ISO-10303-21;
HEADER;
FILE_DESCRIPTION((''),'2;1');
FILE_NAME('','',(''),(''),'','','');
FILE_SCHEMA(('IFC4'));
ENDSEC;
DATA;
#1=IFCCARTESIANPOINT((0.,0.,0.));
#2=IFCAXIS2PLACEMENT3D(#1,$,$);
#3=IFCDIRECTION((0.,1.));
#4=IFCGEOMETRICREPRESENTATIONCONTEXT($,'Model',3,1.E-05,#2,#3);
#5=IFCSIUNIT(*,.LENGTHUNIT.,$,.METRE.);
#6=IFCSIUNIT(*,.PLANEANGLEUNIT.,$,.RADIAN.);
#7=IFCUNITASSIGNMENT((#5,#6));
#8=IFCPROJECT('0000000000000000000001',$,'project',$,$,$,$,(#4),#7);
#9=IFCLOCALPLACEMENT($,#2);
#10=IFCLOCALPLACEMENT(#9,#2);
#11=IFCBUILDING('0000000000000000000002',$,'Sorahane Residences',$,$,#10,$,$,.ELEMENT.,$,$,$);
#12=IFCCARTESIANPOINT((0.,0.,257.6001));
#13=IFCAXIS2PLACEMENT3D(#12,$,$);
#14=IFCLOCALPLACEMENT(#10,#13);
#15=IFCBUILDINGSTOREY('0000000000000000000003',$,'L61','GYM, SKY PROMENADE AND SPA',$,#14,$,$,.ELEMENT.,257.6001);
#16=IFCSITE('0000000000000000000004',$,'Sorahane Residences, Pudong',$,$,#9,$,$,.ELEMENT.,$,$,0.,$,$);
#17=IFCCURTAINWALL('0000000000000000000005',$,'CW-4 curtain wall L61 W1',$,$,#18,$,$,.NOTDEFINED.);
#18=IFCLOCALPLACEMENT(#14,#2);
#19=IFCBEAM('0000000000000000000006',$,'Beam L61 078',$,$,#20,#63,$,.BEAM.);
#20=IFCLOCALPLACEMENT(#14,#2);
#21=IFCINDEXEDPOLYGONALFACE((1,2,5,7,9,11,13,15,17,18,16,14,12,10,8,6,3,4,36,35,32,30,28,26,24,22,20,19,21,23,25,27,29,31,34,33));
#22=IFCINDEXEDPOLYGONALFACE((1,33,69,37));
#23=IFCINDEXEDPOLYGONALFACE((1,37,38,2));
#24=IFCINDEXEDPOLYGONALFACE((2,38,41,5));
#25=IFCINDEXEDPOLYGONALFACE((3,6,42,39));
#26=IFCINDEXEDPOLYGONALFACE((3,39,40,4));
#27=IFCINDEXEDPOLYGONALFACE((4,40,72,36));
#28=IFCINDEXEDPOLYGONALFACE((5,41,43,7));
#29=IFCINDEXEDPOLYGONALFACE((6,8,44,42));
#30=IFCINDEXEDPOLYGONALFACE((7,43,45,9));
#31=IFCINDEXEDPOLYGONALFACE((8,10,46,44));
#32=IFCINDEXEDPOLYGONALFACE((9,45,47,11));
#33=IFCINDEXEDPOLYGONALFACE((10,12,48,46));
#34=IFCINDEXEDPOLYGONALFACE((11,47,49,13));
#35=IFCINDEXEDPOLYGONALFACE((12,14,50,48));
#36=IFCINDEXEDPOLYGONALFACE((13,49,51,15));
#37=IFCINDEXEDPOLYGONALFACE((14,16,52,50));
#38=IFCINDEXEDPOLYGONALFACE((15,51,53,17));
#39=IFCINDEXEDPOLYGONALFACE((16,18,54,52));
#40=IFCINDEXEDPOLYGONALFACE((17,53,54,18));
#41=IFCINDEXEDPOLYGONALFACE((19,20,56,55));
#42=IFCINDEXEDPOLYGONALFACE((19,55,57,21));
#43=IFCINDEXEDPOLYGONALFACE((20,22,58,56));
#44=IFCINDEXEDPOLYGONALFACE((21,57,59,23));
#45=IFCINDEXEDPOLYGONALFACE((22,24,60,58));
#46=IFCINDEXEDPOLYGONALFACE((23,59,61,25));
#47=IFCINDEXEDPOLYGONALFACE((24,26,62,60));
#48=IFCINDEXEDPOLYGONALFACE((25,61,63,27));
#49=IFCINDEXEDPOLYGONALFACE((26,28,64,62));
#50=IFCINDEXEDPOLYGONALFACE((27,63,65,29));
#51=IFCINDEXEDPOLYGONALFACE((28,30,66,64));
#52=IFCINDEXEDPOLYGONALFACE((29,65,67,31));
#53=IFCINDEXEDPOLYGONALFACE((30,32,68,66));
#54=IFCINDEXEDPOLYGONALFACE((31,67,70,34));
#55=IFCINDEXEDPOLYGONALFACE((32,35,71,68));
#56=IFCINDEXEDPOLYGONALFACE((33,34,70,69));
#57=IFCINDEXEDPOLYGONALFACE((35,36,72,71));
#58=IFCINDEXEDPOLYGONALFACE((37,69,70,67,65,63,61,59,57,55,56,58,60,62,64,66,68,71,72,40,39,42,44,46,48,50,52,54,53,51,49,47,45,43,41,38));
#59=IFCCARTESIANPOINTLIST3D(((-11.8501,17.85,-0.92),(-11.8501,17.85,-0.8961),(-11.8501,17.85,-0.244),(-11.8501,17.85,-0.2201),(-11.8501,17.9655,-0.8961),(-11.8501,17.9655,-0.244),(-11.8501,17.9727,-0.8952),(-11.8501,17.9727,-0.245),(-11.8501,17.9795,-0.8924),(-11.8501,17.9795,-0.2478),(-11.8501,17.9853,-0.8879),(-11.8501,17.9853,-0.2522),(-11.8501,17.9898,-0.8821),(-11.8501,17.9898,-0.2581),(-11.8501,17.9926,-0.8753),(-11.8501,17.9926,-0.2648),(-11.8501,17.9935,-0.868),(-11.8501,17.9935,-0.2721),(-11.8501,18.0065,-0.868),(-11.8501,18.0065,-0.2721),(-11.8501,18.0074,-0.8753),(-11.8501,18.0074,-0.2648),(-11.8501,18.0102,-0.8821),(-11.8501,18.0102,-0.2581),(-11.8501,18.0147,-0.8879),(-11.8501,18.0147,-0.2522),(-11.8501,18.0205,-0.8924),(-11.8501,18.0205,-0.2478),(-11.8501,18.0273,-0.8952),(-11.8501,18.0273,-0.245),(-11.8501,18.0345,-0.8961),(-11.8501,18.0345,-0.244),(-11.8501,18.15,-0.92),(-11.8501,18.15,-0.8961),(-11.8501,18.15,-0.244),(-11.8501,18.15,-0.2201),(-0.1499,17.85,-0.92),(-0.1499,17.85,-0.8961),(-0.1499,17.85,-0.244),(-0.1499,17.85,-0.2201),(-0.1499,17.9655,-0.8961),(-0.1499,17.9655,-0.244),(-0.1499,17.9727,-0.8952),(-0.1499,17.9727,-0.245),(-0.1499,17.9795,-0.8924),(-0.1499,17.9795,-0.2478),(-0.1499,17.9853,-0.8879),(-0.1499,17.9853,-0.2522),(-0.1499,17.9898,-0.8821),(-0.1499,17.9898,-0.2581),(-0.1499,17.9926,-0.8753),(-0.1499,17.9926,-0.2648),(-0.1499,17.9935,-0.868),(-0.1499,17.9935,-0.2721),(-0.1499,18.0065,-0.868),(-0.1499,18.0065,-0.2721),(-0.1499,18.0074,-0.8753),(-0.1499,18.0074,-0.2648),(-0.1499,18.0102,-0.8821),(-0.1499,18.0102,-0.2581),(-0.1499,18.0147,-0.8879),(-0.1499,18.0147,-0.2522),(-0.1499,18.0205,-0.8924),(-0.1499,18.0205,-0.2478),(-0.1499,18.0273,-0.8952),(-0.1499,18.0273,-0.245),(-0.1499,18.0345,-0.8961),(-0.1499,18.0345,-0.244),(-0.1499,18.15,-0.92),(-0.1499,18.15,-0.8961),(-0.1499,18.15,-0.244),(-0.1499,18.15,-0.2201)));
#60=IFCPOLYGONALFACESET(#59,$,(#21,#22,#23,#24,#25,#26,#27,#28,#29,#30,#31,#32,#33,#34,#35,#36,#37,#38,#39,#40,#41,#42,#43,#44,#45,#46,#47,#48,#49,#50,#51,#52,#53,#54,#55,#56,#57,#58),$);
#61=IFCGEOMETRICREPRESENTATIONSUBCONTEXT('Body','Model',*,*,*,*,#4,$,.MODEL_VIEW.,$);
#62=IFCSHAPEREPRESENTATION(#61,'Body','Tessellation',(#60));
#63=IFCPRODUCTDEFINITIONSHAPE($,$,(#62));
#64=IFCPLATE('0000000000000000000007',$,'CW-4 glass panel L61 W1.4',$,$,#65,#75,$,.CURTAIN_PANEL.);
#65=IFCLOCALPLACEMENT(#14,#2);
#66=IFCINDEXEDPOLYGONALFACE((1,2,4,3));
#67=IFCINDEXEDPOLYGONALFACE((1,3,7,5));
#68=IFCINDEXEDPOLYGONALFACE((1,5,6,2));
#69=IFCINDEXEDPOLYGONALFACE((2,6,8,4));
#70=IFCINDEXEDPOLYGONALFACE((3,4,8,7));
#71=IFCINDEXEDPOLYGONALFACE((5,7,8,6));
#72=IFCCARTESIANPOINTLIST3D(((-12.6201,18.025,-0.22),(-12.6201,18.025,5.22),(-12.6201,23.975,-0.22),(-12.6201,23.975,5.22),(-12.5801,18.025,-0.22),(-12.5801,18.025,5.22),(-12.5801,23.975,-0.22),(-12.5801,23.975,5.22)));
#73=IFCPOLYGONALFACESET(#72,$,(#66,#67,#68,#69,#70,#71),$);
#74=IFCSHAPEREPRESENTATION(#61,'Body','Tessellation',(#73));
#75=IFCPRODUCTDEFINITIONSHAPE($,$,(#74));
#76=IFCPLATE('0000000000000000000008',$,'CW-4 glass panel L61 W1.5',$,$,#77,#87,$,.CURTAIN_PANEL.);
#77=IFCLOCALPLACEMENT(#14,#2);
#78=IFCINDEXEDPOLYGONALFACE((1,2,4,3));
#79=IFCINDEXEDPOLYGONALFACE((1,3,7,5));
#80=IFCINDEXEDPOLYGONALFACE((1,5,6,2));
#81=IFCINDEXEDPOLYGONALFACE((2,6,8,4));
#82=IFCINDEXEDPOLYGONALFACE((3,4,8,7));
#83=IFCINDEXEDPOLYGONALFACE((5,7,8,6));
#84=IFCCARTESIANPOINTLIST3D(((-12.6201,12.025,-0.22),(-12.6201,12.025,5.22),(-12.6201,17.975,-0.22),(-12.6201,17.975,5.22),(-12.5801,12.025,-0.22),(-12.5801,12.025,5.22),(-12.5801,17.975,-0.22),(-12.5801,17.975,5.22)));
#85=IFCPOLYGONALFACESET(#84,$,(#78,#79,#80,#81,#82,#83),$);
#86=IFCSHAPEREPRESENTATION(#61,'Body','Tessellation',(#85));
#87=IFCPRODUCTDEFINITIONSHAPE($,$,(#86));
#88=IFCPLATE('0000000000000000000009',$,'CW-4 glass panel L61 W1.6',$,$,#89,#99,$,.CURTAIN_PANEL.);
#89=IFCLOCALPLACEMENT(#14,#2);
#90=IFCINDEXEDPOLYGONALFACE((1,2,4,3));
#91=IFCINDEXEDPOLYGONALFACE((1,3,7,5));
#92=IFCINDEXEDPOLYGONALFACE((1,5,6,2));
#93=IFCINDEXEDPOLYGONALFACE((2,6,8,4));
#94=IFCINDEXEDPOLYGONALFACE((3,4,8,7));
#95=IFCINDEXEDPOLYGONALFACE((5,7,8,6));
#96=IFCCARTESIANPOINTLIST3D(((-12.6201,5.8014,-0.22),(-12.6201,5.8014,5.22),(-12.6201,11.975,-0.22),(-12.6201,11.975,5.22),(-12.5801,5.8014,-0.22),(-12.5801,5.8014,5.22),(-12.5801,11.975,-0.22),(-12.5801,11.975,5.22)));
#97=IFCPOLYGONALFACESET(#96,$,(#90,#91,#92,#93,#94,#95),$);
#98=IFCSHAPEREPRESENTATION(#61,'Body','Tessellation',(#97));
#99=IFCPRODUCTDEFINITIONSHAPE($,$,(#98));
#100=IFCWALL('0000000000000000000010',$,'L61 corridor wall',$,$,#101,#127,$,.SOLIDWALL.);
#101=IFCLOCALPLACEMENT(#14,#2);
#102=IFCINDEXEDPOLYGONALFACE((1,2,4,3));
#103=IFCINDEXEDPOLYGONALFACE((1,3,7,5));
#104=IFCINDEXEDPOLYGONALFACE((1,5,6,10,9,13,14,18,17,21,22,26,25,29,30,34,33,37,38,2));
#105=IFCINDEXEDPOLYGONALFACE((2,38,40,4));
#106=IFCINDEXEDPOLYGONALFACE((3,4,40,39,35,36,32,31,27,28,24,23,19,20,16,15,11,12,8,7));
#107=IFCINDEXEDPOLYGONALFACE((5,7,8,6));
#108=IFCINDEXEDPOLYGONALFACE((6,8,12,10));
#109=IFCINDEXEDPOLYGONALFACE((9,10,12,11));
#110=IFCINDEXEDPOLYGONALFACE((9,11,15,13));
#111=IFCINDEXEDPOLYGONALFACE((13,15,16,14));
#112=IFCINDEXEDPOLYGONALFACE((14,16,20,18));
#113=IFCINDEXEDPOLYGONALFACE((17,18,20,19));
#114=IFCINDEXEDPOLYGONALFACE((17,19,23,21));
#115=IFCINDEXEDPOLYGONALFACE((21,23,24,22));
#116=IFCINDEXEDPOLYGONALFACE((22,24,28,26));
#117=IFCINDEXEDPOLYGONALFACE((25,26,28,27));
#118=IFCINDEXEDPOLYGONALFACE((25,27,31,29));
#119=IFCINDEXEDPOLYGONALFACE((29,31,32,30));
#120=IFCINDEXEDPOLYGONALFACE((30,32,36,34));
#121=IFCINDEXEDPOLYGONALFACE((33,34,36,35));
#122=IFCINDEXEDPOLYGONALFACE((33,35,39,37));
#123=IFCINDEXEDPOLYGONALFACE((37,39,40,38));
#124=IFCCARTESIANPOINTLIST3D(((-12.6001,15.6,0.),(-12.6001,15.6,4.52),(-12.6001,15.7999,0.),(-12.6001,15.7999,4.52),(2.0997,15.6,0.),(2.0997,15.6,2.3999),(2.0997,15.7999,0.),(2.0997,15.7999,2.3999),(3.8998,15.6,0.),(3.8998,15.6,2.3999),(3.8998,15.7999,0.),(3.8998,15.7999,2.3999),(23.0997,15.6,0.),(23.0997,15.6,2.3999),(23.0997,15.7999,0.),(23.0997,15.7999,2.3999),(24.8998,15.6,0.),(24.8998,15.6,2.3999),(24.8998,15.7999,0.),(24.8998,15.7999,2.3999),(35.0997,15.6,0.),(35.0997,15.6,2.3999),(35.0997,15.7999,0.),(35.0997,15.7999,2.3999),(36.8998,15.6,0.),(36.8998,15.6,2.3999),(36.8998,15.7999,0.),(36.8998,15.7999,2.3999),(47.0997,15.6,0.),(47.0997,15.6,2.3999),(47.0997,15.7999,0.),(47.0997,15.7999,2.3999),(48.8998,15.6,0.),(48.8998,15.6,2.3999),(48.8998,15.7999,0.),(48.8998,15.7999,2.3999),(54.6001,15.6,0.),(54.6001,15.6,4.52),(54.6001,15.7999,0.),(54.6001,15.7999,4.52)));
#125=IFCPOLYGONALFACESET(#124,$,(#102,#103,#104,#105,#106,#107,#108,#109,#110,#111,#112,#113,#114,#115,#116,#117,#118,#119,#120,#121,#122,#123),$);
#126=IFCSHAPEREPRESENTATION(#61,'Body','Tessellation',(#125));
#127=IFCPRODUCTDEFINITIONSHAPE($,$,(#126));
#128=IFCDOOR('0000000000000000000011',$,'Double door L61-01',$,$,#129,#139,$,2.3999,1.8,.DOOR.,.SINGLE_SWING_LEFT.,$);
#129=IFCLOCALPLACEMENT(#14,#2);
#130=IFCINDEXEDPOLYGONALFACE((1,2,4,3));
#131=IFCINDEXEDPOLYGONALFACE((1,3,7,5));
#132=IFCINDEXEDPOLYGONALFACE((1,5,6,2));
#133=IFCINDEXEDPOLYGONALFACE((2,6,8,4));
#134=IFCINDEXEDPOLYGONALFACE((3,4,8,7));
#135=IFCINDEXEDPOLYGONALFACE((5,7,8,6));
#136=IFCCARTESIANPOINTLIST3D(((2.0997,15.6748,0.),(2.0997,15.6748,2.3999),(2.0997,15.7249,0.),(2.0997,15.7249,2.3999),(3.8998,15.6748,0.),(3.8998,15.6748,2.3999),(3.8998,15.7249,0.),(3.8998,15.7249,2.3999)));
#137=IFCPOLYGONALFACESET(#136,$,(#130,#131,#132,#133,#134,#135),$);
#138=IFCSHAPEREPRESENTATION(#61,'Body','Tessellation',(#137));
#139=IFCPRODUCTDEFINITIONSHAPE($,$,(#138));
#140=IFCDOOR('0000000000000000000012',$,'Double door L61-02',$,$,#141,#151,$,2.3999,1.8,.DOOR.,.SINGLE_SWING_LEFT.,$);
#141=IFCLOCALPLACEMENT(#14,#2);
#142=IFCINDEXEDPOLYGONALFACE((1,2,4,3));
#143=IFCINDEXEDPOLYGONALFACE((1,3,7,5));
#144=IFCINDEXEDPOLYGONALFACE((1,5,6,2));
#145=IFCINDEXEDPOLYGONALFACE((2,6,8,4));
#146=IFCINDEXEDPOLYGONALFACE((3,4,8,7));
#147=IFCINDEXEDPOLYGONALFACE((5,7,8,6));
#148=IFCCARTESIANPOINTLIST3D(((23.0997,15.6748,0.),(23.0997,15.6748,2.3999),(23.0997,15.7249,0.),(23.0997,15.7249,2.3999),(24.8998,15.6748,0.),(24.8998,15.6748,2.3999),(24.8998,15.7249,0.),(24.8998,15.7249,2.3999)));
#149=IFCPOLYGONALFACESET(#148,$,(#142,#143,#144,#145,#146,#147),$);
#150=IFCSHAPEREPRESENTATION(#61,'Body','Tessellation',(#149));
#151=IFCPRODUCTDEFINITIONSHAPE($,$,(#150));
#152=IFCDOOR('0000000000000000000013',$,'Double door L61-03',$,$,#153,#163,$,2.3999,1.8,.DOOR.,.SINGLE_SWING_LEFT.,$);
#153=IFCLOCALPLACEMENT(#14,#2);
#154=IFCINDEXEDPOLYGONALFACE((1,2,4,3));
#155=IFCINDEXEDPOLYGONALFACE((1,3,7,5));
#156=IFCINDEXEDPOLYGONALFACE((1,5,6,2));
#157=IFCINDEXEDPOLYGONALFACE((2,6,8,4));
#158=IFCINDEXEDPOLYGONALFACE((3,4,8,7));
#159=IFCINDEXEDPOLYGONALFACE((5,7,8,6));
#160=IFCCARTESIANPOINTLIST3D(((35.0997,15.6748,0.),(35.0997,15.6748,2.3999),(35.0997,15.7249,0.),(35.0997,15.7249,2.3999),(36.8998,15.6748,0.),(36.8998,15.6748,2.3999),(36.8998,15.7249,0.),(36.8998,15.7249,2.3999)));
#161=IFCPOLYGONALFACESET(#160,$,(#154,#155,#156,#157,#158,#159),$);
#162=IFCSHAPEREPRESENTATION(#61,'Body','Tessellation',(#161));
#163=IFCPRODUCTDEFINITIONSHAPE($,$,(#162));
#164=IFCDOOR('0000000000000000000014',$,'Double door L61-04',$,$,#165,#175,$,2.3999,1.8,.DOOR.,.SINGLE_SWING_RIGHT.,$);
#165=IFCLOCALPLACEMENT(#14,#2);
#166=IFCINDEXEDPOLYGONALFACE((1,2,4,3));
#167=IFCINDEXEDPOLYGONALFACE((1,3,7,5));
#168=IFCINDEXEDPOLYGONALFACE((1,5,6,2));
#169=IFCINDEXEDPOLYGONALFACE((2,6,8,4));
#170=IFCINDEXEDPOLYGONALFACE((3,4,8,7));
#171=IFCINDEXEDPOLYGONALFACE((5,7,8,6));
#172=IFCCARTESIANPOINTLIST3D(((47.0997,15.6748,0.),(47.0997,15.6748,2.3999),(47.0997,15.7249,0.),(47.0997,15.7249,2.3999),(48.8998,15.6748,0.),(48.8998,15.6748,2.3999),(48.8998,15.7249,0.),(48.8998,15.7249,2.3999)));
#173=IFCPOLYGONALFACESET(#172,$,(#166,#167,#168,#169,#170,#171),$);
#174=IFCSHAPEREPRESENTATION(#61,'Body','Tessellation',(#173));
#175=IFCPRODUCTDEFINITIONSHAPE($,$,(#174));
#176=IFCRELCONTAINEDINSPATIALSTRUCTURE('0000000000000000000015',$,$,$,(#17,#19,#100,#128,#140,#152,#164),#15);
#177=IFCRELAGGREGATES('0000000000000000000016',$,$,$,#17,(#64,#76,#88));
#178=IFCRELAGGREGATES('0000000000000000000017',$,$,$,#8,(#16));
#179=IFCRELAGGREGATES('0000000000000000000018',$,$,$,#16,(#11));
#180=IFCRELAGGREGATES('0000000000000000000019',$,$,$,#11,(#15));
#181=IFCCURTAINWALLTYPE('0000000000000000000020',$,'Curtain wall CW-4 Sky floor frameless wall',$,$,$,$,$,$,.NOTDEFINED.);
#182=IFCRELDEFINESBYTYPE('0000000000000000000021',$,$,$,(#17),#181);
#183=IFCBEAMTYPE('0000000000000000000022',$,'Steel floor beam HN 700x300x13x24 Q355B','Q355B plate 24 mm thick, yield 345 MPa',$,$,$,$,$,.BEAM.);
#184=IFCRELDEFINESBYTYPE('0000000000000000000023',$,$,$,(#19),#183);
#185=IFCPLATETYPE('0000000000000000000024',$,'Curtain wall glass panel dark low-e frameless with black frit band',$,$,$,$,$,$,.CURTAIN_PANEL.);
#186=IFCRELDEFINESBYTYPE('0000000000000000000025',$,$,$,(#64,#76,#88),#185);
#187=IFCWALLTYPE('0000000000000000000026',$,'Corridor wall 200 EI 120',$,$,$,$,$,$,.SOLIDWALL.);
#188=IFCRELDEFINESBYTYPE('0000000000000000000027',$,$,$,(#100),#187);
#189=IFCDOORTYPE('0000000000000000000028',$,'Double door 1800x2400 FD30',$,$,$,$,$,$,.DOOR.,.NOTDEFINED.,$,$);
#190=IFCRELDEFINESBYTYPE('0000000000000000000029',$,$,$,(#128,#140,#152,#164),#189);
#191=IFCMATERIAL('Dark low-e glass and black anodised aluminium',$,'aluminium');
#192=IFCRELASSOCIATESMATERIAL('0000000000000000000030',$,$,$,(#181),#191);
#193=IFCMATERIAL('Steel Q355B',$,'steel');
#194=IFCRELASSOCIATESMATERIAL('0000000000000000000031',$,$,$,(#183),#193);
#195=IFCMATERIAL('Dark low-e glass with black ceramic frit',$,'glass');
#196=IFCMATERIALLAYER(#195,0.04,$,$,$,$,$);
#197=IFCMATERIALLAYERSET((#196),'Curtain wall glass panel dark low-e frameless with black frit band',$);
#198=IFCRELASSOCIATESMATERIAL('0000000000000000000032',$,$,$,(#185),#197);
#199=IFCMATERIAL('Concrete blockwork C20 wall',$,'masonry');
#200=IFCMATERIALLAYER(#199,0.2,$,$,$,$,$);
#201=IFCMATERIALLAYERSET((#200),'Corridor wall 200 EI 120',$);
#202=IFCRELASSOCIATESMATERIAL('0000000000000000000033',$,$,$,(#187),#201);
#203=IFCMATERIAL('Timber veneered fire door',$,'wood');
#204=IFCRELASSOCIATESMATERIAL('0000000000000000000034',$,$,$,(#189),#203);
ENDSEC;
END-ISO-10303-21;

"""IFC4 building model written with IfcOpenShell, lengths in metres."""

from ifc_helpers import new_model, si_unit, direction, frame, frame_2d, origin, origin_2d, place, context, subcontext, project, spatial, rectangle, i_section, extrude, material, layer, layer_set, material_profile, profile_set, type_object, element, fill, aggregate, save


model = new_model("IFC4")

# Units and contexts
model_context = context("Model", 3, precision=1e-05, world=origin(), true_north=direction((0.0, 1.0)))
body_context = subcontext(model_context, "Body", "Model", "MODEL_VIEW")
ifc_project = project(units=[si_unit("LENGTHUNIT", "METRE"), si_unit("PLANEANGLEUNIT", "RADIAN")], contexts=[model_context])

# Site, building, storey
site_placement = place(None, origin())
site = spatial("IfcSite", under=ifc_project, at=site_placement, Name="Sorahane Residences, Pudong", CompositionType="ELEMENT", RefElevation=0.0)
building_placement = place(site_placement, origin())
building = spatial("IfcBuilding", under=site, at=building_placement, Name="Sorahane Residences", CompositionType="ELEMENT")
storey_placement = place(building_placement, frame((0.0, 0.0, 257.6001)))
storey = spatial("IfcBuildingStorey", under=building, at=storey_placement, Name="L61", Description="GYM, SKY PROMENADE AND SPA", CompositionType="ELEMENT", Elevation=257.6001)

# Curtain wall
ifc_material_1 = material(Name="Dark low-e glass and black anodised aluminium", Category="aluminium")
curtain_wall_type = type_object("IfcCurtainWallType", Name="Curtain wall CW-4 Sky floor frameless wall", PredefinedType="NOTDEFINED", material=ifc_material_1)
curtain_wall_placement = place(storey_placement, origin())
curtain_wall = element("IfcCurtainWall", 1, at=curtain_wall_placement, inside=storey, type_object=curtain_wall_type, Name="CW-4 curtain wall L61 W1", PredefinedType="NOTDEFINED")

# Beam
ifc_material_2 = material(Name="Steel Q355B", Category="steel")
ifc_material_profile_1 = material_profile(ifc_material_2, i_section(OverallWidth=0.3, OverallDepth=0.7, WebThickness=0.0129, FlangeThickness=0.0239, FilletRadius=0.0281, at=origin_2d()), Name="HN 700x300x13x24")
ifc_profile_set_1 = profile_set([ifc_material_profile_1], Name="Steel Q355B")
beam_type_1 = type_object("IfcBeamType", Name="Steel floor beam HN 700x300x13x24 Q355B", Description="Q355B plate 24 mm thick, yield 345 MPa", PredefinedType="BEAM", material=ifc_profile_set_1)
beam_1_placement = place(storey_placement, frame((-11.8501, 18.0, -0.5701), z_axis=(1.0, 0.0, 0.0), x_axis=(0.0, 1.0, 0.0)))
element("IfcBeam", 2, at=beam_1_placement, inside=storey, type_object=beam_type_1, Name="Beam L61 078", PredefinedType="BEAM", context=body_context, shape_type="SweptSolid", body=[
    extrude(i_section(OverallWidth=0.3, OverallDepth=0.7, WebThickness=0.0129, FlangeThickness=0.0239, FilletRadius=0.0281, at=origin_2d()), origin(), (0.0, 0.0, 1.0), 11.7002),
])

# Plates
ifc_material_3 = material(Name="Dark low-e glass with black ceramic frit", Category="glass")
ifc_layer_1 = layer(ifc_material_3, 0.04)
ifc_layer_set_1 = layer_set([ifc_layer_1], Name="Curtain wall glass panel dark low-e frameless with black frit band")
plate_type = type_object("IfcPlateType", Name="Curtain wall glass panel dark low-e frameless with black frit band", PredefinedType="CURTAIN_PANEL", material=ifc_layer_set_1)
plate_1_placement = place(storey_placement, frame((-12.6001, 21.0, -0.22), z_axis=(0.0, 0.0, 1.0), x_axis=(0.0, -1.0, 0.0)))
plate_1 = element("IfcPlate", 3, at=plate_1_placement, type_object=plate_type, Name="CW-4 glass panel L61 W1.4", PredefinedType="CURTAIN_PANEL", context=body_context, shape_type="SweptSolid", body=[
    extrude(rectangle(XDim=5.95, YDim=0.04, at=origin_2d()), origin(), (0.0, 0.0, 1.0), 5.4399),
])
plate_2_placement = place(storey_placement, frame((-12.6001, 15.0, -0.22), z_axis=(0.0, 0.0, 1.0), x_axis=(0.0, -1.0, 0.0)))
plate_2 = element("IfcPlate", 4, at=plate_2_placement, type_object=plate_type, Name="CW-4 glass panel L61 W1.5", PredefinedType="CURTAIN_PANEL", context=body_context, shape_type="SweptSolid", body=[
    extrude(rectangle(XDim=5.95, YDim=0.04, at=origin_2d()), origin(), (0.0, 0.0, 1.0), 5.4399),
])
plate_3_placement = place(storey_placement, frame((-12.6001, 8.8882, -0.22), z_axis=(0.0, 0.0, 1.0), x_axis=(0.0, -1.0, 0.0)))
plate_3 = element("IfcPlate", 5, at=plate_3_placement, type_object=plate_type, Name="CW-4 glass panel L61 W1.6", PredefinedType="CURTAIN_PANEL", context=body_context, shape_type="SweptSolid", body=[
    extrude(rectangle(XDim=6.1736, YDim=0.04, at=origin_2d()), origin(), (0.0, 0.0, 1.0), 5.4399),
])
aggregate(curtain_wall, [plate_1, plate_2, plate_3])

# Wall, openings, doors
ifc_material_4 = material(Name="Concrete blockwork C20 wall", Category="masonry")
ifc_layer_2 = layer(ifc_material_4, 0.2)
ifc_layer_set_2 = layer_set([ifc_layer_2], Name="Corridor wall 200 EI 120")
wall_type = type_object("IfcWallType", Name="Corridor wall 200 EI 120", PredefinedType="SOLIDWALL", material=ifc_layer_set_2)
wall_1_placement = place(storey_placement, frame((-12.6001, 15.7, 0.0), z_axis=(0.0, 0.0, 1.0), x_axis=(1.0, 0.0, 0.0)))
wall_1 = element("IfcWall", 6, at=wall_1_placement, inside=storey, type_object=wall_type, Name="L61 corridor wall", PredefinedType="SOLIDWALL", context=body_context, shape_type="SweptSolid", body=[
    extrude(rectangle(XDim=67.2002, YDim=0.2, at=frame_2d((33.6001, 0.0))), origin(), (0.0, 0.0, 1.0), 4.52),
])
opening_1_placement = place(wall_1_placement, frame((14.7, 0.0, 0.0)))
opening_1 = element("IfcOpeningElement", 7, at=opening_1_placement, cuts=wall_1, PredefinedType="OPENING", context=body_context, shape_type="SweptSolid", body=[
    extrude(rectangle(XDim=1.8, YDim=2.3999, at=frame_2d((0.8999, 1.2))), frame((0.0, 0.1099, 0.0), z_axis=(0.0, -1.0, 0.0), x_axis=(1.0, 0.0, 0.0)), (0.0, 0.0, 1.0), 0.22),
])
opening_2_placement = place(wall_1_placement, frame((35.7, 0.0, 0.0)))
opening_2 = element("IfcOpeningElement", 8, at=opening_2_placement, cuts=wall_1, PredefinedType="OPENING", context=body_context, shape_type="SweptSolid", body=[
    extrude(rectangle(XDim=1.8, YDim=2.3999, at=frame_2d((0.8999, 1.2))), frame((0.0, 0.1099, 0.0), z_axis=(0.0, -1.0, 0.0), x_axis=(1.0, 0.0, 0.0)), (0.0, 0.0, 1.0), 0.22),
])
opening_3_placement = place(wall_1_placement, frame((47.7, 0.0, 0.0)))
opening_3 = element("IfcOpeningElement", 9, at=opening_3_placement, cuts=wall_1, PredefinedType="OPENING", context=body_context, shape_type="SweptSolid", body=[
    extrude(rectangle(XDim=1.8, YDim=2.3999, at=frame_2d((0.8999, 1.2))), frame((0.0, 0.1099, 0.0), z_axis=(0.0, -1.0, 0.0), x_axis=(1.0, 0.0, 0.0)), (0.0, 0.0, 1.0), 0.22),
])
opening_4_placement = place(wall_1_placement, frame((59.7, 0.0, 0.0)))
opening_4 = element("IfcOpeningElement", 10, at=opening_4_placement, cuts=wall_1, PredefinedType="OPENING", context=body_context, shape_type="SweptSolid", body=[
    extrude(rectangle(XDim=1.8, YDim=2.3999, at=frame_2d((0.8999, 1.2))), frame((0.0, 0.1099, 0.0), z_axis=(0.0, -1.0, 0.0), x_axis=(1.0, 0.0, 0.0)), (0.0, 0.0, 1.0), 0.22),
])
ifc_material_5 = material(Name="Timber veneered fire door", Category="wood")
door_type_1 = type_object("IfcDoorType", Name="Double door 1800x2400 FD30", OperationType="NOTDEFINED", PredefinedType="DOOR", material=ifc_material_5)
door_1_placement = place(opening_1_placement, origin())
door_1 = element("IfcDoor", 11, at=door_1_placement, inside=storey, type_object=door_type_1, Name="Double door L61-01", OperationType="SINGLE_SWING_LEFT", OverallHeight=2.3999, OverallWidth=1.8, PredefinedType="DOOR", context=body_context, shape_type="SweptSolid", body=[
    extrude(rectangle(XDim=1.8, YDim=2.3999, at=frame_2d((0.8999, 1.2))), frame((0.0, 0.0249, 0.0), z_axis=(0.0, -1.0, 0.0), x_axis=(1.0, 0.0, 0.0)), (0.0, 0.0, 1.0), 0.05),
])
fill(opening_1, door_1)
door_2_placement = place(opening_2_placement, origin())
door_2 = element("IfcDoor", 12, at=door_2_placement, inside=storey, type_object=door_type_1, Name="Double door L61-02", OperationType="SINGLE_SWING_LEFT", OverallHeight=2.3999, OverallWidth=1.8, PredefinedType="DOOR", context=body_context, shape_type="SweptSolid", body=[
    extrude(rectangle(XDim=1.8, YDim=2.3999, at=frame_2d((0.8999, 1.2))), frame((0.0, 0.0249, 0.0), z_axis=(0.0, -1.0, 0.0), x_axis=(1.0, 0.0, 0.0)), (0.0, 0.0, 1.0), 0.05),
])
fill(opening_2, door_2)
door_3_placement = place(opening_3_placement, origin())
door_3 = element("IfcDoor", 13, at=door_3_placement, inside=storey, type_object=door_type_1, Name="Double door L61-03", OperationType="SINGLE_SWING_LEFT", OverallHeight=2.3999, OverallWidth=1.8, PredefinedType="DOOR", context=body_context, shape_type="SweptSolid", body=[
    extrude(rectangle(XDim=1.8, YDim=2.3999, at=frame_2d((0.8999, 1.2))), frame((0.0, 0.0249, 0.0), z_axis=(0.0, -1.0, 0.0), x_axis=(1.0, 0.0, 0.0)), (0.0, 0.0, 1.0), 0.05),
])
fill(opening_3, door_3)
door_4_placement = place(opening_4_placement, origin())
door_4 = element("IfcDoor", 14, at=door_4_placement, inside=storey, type_object=door_type_1, Name="Double door L61-04", OperationType="SINGLE_SWING_RIGHT", OverallHeight=2.3999, OverallWidth=1.8, PredefinedType="DOOR", context=body_context, shape_type="SweptSolid", body=[
    extrude(rectangle(XDim=1.8, YDim=2.3999, at=frame_2d((0.8999, 1.2))), frame((0.0, 0.0249, 0.0), z_axis=(0.0, -1.0, 0.0), x_axis=(1.0, 0.0, 0.0)), (0.0, 0.0, 1.0), 0.05),
])
fill(opening_4, door_4)

save(model, "model.ifc")
